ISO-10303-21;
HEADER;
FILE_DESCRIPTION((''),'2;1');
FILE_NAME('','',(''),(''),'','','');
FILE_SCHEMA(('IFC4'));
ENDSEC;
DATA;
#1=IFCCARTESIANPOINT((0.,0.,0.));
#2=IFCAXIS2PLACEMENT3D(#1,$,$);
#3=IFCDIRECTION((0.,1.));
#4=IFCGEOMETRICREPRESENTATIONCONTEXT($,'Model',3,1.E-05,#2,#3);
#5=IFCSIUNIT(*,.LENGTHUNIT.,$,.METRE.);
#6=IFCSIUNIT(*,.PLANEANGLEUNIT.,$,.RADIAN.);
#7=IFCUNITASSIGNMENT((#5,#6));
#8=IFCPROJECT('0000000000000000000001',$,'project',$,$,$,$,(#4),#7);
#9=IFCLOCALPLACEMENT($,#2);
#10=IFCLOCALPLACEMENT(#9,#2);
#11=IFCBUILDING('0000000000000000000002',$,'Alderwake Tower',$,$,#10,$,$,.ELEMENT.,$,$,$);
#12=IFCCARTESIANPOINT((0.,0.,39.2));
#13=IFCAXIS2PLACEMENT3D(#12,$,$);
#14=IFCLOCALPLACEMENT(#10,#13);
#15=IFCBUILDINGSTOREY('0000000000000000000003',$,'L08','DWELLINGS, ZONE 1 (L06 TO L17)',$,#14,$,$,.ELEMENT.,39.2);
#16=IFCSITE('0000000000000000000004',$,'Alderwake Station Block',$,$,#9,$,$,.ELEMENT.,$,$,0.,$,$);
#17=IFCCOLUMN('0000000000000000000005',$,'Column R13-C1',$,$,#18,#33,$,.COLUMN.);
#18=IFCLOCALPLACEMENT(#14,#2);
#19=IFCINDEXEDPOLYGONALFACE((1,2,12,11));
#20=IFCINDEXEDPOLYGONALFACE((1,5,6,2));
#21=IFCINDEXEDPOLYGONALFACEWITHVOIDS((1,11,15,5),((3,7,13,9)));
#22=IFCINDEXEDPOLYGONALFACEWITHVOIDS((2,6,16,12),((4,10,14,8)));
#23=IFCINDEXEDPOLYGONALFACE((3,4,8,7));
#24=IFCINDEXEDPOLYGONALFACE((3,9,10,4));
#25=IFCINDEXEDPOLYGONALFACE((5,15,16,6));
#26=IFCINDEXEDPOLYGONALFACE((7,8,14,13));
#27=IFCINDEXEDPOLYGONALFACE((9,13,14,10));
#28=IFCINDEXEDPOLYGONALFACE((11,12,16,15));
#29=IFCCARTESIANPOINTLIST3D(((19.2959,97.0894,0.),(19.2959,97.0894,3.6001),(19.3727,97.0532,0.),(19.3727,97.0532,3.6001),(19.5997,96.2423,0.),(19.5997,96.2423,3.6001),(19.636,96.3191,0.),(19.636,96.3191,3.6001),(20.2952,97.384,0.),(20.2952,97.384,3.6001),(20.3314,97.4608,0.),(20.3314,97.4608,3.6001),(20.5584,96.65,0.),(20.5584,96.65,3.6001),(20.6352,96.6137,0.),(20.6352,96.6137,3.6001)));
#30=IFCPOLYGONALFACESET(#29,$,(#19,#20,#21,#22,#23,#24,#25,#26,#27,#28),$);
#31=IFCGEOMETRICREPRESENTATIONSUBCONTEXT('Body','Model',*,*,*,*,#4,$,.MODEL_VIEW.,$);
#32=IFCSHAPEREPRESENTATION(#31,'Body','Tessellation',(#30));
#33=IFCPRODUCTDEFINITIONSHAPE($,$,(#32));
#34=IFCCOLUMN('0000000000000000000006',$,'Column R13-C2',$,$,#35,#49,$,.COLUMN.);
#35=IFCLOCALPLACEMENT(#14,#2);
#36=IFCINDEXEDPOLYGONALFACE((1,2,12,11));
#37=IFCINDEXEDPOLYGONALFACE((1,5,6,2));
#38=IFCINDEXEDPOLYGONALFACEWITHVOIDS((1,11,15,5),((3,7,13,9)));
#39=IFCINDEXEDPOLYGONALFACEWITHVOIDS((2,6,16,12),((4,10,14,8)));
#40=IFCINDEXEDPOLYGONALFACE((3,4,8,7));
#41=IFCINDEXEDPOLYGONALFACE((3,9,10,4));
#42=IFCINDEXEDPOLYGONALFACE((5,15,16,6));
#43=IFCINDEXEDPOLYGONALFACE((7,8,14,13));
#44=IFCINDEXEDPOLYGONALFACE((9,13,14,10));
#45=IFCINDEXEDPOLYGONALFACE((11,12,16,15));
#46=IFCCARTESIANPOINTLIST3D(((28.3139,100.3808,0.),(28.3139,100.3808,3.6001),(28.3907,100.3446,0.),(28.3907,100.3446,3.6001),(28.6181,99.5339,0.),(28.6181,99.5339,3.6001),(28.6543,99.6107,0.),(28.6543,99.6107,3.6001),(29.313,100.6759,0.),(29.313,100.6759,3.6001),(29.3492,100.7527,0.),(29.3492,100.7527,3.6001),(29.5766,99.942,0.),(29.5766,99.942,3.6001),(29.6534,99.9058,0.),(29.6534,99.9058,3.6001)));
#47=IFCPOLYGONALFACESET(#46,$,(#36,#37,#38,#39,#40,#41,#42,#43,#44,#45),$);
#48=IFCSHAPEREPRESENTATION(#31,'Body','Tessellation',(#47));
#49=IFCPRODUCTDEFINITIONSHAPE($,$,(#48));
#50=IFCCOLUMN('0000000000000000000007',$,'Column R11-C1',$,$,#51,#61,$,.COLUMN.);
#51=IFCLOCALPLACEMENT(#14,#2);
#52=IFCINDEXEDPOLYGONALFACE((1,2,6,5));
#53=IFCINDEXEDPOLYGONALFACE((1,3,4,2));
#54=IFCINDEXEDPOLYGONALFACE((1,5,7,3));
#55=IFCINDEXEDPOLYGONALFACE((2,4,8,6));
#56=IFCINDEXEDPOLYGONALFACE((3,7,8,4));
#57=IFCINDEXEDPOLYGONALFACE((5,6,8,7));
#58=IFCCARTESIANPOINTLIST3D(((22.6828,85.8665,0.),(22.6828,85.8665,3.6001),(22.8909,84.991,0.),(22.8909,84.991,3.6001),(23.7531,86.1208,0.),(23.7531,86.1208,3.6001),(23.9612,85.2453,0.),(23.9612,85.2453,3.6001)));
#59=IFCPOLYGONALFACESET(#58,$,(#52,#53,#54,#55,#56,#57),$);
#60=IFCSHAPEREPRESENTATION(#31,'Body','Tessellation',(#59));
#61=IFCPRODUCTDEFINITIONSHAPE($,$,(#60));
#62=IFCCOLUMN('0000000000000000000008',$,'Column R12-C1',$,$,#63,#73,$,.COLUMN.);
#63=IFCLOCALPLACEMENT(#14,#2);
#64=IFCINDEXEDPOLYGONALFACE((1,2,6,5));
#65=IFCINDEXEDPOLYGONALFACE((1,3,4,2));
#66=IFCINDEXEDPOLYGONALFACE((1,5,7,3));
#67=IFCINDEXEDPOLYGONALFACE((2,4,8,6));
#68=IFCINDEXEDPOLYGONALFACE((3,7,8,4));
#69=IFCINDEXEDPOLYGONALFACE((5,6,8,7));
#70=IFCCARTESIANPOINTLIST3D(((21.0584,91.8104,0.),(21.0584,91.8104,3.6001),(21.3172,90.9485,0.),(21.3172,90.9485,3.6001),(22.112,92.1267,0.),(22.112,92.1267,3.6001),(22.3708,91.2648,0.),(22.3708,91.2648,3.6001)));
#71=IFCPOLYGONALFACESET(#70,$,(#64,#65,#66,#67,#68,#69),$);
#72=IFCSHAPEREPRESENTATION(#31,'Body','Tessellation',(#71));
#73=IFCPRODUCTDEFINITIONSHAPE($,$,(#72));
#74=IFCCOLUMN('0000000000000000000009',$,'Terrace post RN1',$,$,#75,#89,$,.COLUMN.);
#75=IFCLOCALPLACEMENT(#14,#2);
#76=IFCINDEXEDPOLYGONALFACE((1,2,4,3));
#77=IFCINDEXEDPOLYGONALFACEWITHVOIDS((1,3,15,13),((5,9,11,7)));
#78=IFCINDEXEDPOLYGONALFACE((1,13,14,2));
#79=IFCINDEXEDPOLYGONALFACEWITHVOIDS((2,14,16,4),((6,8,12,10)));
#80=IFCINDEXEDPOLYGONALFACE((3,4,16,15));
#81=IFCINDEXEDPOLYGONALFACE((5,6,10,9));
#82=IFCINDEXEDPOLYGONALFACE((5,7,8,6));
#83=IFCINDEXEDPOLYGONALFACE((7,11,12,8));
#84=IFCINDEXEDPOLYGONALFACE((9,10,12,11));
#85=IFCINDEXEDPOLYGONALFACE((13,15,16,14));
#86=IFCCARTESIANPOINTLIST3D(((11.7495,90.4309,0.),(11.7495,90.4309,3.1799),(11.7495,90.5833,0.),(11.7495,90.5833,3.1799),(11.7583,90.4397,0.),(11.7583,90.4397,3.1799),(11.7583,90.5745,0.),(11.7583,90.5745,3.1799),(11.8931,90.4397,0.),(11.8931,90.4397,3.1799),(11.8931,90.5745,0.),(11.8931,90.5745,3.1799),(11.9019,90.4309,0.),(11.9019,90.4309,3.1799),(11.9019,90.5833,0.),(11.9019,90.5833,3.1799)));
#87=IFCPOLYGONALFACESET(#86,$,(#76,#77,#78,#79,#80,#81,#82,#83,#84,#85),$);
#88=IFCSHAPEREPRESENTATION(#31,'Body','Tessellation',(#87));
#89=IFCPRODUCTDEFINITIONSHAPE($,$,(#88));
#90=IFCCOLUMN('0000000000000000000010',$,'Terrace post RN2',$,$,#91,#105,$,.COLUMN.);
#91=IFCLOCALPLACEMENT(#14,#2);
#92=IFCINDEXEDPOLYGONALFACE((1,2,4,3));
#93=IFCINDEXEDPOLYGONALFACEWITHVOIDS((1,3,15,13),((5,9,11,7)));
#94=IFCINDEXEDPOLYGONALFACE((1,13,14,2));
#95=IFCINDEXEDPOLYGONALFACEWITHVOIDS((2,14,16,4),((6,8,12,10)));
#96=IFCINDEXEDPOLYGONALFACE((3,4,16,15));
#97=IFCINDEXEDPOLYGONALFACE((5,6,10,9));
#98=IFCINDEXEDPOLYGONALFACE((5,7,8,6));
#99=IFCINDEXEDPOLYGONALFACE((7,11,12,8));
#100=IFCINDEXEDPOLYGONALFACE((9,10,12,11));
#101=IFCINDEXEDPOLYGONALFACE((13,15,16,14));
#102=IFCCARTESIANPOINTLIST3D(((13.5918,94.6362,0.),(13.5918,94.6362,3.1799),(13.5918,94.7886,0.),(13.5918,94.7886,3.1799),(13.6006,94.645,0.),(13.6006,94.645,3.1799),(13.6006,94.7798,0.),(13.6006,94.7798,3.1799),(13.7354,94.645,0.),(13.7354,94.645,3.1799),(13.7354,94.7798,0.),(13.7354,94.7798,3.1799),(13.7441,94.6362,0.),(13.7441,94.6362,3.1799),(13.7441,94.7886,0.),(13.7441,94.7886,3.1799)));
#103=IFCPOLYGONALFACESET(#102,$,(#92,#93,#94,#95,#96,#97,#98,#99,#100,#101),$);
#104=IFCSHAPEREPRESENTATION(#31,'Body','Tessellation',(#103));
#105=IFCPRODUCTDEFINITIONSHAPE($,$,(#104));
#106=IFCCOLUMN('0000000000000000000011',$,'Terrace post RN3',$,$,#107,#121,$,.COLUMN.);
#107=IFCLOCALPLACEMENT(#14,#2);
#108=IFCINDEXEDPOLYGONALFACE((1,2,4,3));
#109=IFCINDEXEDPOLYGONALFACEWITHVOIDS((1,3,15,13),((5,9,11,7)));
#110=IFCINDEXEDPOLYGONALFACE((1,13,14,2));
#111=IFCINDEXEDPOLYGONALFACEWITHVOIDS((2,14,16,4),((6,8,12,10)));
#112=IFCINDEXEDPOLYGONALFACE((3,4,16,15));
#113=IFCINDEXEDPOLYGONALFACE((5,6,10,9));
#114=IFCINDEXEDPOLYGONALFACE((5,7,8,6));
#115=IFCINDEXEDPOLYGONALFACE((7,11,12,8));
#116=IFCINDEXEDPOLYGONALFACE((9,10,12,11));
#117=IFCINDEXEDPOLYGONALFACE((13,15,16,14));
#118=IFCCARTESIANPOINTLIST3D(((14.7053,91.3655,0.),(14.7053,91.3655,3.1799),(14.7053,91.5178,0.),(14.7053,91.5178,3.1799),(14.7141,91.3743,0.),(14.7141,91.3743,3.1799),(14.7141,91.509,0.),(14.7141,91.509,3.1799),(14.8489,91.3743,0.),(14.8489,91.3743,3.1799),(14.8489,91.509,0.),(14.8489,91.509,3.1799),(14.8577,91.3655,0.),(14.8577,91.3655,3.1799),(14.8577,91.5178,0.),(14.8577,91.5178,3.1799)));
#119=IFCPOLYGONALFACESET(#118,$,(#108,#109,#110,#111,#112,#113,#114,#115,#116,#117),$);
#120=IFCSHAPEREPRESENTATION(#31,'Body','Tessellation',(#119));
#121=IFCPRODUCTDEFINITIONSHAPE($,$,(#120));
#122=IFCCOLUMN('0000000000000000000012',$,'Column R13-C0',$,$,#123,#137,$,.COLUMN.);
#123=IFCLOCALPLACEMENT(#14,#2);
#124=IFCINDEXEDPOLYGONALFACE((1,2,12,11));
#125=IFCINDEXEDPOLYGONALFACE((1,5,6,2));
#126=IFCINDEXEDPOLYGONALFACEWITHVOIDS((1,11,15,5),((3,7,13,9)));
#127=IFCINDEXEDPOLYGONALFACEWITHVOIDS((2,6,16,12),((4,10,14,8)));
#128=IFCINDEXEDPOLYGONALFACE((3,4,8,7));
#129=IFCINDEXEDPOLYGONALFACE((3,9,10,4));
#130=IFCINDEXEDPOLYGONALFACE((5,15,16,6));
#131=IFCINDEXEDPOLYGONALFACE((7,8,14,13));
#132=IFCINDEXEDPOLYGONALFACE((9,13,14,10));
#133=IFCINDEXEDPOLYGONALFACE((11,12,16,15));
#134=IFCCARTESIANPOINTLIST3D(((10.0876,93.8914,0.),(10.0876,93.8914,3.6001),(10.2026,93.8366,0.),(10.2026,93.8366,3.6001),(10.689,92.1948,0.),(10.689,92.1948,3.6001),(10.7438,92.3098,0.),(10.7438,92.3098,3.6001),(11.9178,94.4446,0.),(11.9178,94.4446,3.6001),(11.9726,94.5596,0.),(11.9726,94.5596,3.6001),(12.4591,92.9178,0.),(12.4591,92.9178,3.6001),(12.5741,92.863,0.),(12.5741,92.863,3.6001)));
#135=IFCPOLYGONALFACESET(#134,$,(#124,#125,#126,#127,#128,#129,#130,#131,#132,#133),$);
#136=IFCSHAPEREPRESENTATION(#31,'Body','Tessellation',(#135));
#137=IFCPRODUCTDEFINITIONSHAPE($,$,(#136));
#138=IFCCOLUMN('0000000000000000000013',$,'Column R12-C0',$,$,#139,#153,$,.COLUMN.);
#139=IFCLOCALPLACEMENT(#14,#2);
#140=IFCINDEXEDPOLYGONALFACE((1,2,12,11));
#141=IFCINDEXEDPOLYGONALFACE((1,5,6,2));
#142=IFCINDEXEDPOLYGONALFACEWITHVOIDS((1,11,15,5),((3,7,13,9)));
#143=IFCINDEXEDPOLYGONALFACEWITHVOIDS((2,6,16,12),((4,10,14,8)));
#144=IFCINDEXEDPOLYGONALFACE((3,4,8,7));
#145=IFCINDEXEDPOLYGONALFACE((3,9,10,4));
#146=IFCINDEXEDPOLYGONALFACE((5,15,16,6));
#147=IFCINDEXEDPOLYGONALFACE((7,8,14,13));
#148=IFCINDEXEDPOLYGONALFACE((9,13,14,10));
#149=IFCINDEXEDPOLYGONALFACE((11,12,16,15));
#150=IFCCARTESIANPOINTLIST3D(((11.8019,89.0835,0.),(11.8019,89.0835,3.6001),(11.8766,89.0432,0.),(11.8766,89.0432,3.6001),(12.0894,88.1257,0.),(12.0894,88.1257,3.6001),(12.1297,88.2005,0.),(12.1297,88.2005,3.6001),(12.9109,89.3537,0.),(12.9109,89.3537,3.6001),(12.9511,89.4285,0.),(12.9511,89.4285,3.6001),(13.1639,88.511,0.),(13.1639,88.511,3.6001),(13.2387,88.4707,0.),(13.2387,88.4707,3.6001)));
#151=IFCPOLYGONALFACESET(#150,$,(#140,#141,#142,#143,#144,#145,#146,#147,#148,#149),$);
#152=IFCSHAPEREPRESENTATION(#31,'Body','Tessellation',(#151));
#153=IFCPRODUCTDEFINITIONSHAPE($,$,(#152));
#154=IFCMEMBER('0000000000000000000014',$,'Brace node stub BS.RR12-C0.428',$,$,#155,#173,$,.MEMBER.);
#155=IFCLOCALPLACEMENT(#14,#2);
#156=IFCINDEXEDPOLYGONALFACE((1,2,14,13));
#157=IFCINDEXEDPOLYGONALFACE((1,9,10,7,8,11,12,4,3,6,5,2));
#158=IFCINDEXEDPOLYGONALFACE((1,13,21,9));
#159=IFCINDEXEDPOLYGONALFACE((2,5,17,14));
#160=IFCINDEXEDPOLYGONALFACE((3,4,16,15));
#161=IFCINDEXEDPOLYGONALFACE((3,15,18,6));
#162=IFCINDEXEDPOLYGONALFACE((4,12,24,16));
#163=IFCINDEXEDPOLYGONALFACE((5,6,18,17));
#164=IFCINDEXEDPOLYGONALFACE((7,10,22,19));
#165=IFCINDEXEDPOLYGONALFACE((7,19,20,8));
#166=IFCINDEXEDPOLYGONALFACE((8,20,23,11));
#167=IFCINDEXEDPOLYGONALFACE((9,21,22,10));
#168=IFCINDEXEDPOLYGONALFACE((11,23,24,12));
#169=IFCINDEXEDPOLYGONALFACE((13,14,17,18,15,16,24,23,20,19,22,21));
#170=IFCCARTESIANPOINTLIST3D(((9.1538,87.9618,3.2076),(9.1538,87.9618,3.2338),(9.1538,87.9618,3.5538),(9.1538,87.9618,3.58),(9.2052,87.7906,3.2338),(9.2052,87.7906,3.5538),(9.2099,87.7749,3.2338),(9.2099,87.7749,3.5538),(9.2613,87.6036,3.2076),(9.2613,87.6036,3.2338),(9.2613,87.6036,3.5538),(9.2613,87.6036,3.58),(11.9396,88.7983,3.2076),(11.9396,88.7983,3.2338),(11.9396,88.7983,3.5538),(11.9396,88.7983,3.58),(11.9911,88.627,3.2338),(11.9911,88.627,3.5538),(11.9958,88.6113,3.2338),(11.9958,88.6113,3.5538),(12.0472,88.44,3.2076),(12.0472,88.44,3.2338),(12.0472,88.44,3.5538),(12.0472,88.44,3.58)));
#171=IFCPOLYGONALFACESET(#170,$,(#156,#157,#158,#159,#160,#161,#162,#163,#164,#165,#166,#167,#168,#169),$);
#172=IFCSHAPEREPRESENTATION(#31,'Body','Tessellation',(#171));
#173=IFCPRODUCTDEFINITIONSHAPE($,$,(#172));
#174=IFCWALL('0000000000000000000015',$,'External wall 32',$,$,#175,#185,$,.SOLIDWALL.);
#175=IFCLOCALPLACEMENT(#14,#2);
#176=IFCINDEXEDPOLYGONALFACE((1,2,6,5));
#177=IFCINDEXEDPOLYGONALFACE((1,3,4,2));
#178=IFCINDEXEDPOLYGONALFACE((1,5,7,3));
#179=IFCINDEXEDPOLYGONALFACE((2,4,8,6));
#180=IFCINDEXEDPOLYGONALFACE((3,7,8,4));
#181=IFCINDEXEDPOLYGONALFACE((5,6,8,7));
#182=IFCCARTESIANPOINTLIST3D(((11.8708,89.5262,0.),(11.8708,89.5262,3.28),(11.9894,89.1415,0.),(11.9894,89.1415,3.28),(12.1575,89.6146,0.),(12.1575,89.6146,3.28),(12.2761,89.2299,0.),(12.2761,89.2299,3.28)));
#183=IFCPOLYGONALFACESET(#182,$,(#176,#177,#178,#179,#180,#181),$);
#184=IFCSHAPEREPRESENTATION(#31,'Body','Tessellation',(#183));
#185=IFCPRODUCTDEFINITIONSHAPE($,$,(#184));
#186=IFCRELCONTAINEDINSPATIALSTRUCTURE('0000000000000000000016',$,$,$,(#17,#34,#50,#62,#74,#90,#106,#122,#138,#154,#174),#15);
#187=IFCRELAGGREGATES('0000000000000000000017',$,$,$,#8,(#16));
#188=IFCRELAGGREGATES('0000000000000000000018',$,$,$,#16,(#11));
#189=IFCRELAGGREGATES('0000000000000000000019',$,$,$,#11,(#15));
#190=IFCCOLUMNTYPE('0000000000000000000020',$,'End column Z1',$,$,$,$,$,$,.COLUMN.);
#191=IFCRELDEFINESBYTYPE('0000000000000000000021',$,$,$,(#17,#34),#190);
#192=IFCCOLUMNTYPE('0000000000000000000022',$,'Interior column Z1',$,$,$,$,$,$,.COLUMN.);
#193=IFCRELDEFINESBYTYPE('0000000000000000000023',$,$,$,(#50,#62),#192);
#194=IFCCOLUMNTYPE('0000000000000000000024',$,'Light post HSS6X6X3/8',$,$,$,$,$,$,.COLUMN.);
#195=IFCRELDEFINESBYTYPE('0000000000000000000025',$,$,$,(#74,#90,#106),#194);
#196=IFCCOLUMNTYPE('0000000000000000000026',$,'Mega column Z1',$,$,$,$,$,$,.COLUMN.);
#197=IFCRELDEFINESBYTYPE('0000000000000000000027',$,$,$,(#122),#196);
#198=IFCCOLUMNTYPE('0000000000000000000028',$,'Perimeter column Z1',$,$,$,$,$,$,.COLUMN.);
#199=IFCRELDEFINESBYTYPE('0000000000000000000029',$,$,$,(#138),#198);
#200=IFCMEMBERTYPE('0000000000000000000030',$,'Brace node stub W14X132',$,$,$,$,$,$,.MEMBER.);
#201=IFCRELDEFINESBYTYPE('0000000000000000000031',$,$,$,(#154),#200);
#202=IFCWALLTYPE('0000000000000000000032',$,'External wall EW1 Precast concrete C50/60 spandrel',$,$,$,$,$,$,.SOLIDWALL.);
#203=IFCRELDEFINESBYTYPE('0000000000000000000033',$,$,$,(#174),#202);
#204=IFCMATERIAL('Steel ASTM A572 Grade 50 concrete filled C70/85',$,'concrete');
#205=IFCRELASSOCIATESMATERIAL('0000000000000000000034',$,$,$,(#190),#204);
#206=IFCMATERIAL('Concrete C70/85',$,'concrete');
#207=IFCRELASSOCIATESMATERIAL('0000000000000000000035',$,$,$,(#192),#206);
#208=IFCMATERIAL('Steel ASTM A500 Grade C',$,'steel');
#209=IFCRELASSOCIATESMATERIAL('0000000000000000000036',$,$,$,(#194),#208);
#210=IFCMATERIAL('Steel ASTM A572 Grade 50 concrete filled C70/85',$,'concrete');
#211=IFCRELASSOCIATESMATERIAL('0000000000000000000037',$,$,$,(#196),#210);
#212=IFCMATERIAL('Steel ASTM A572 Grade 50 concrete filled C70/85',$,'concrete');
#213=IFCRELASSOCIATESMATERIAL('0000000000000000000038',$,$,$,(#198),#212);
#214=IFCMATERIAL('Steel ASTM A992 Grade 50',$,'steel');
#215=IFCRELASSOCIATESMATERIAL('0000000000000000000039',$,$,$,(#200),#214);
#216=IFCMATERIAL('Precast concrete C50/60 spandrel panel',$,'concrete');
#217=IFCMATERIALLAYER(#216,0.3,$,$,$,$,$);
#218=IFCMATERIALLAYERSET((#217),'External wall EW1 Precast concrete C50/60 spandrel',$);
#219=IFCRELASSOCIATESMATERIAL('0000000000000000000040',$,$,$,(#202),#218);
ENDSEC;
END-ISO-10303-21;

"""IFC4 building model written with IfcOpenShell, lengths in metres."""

from ifc_helpers import new_model, si_unit, direction, frame, frame_2d, origin, origin_2d, place, context, subcontext, project, spatial, rectangle, hollow_rectangle, i_section, extrude, material, layer, layer_set, material_profile, profile_set, type_object, element, save


model = new_model("IFC4")

# Units and contexts
model_context = context("Model", 3, precision=1e-05, world=origin(), true_north=direction((0.0, 1.0)))
body_context = subcontext(model_context, "Body", "Model", "MODEL_VIEW")
ifc_project = project(units=[si_unit("LENGTHUNIT", "METRE"), si_unit("PLANEANGLEUNIT", "RADIAN")], contexts=[model_context])

# Site, building, storey
site_placement = place(None, origin())
site = spatial("IfcSite", under=ifc_project, at=site_placement, Name="Alderwake Station Block", CompositionType="ELEMENT", RefElevation=0.0)
building_placement = place(site_placement, origin())
building = spatial("IfcBuilding", under=site, at=building_placement, Name="Alderwake Tower", CompositionType="ELEMENT")
storey_placement = place(building_placement, frame((0.0, 0.0, 39.2)))
storey = spatial("IfcBuildingStorey", under=building, at=storey_placement, Name="L08", Description="DWELLINGS, ZONE 1 (L06 TO L17)", CompositionType="ELEMENT", Elevation=39.2)

# Columns
ifc_material_1 = material(Name="Steel ASTM A572 Grade 50 concrete filled C70/85", Category="concrete")
ifc_material_profile_1 = material_profile(ifc_material_1, hollow_rectangle(XDim=0.8999, YDim=1.1001, WallThickness=0.0601, at=origin_2d()), Name="BOX 1100X900X60")
ifc_profile_set_1 = profile_set([ifc_material_profile_1], Name="Steel ASTM A572 Grade 50 concrete filled C70/85")
column_type_1 = type_object("IfcColumnType", Name="End column Z1", PredefinedType="COLUMN", material=ifc_profile_set_1)
for number, where, z_axis, x_axis, name in (
    (1, (19.9656, 96.8516, 0.0), (0.0, 0.0, 1.0), (-0.337585, 0.941295, 0.0), "Column R13-C1"),
    (2, (28.9836, 100.1433, 0.0), (0.0, 0.0, 1.0), (-0.338027, 0.941136, 0.0), "Column R13-C2"),
):
    element("IfcColumn", number, at=place(storey_placement, frame(where, z_axis=z_axis, x_axis=x_axis)), inside=storey, type_object=column_type_1, Name=name, PredefinedType="COLUMN", context=body_context, shape_type="SweptSolid", body=[
        extrude(hollow_rectangle(XDim=0.8999, YDim=1.1001, WallThickness=0.0601, at=origin_2d()), origin(), (0.0, 0.0, 1.0), 3.6001),
    ])
ifc_material_2 = material(Name="Concrete C70/85", Category="concrete")
ifc_material_profile_2 = material_profile(ifc_material_2, rectangle(XDim=0.8999, YDim=1.1001, at=origin_2d()), Name="RC 1100X900")
ifc_profile_set_2 = profile_set([ifc_material_profile_2], Name="Concrete C70/85")
column_type_2 = type_object("IfcColumnType", Name="Interior column Z1", PredefinedType="COLUMN", material=ifc_profile_set_2)
for number, where, z_axis, x_axis, name in (
    (3, (23.322, 85.5559, 0.0), (0.0, 0.0, 1.0), (-0.231222, 0.972901, 0.0), "Column R11-C1"),
    (4, (21.7146, 91.5376, 0.0), (0.0, 0.0, 1.0), (-0.287549, 0.957766, 0.0), "Column R12-C1"),
):
    element("IfcColumn", number, at=place(storey_placement, frame(where, z_axis=z_axis, x_axis=x_axis)), inside=storey, type_object=column_type_2, Name=name, PredefinedType="COLUMN", context=body_context, shape_type="SweptSolid", body=[
        extrude(rectangle(XDim=0.8999, YDim=1.1001, at=origin_2d()), origin(), (0.0, 0.0, 1.0), 3.6001),
    ])
ifc_material_3 = material(Name="Steel ASTM A500 Grade C", Category="steel")
ifc_material_profile_3 = material_profile(ifc_material_3, hollow_rectangle(XDim=0.1523, YDim=0.1523, WallThickness=0.0088, at=origin_2d()), Name="HSS6X6X3/8")
ifc_profile_set_3 = profile_set([ifc_material_profile_3], Name="Steel ASTM A500 Grade C")
column_type_3 = type_object("IfcColumnType", Name="Light post HSS6X6X3/8", PredefinedType="COLUMN", material=ifc_profile_set_3)
for number, where, z_axis, x_axis, name in (
    (5, (11.8257, 90.5071, 0.0), (0.0, 0.0, 1.0), (1.0, 0.0, 0.0), "Terrace post RN1"),
    (6, (13.668, 94.7124, 0.0), (0.0, 0.0, 1.0), (1.0, 0.0, 0.0), "Terrace post RN2"),
    (7, (14.7815, 91.4417, 0.0), (0.0, 0.0, 1.0), (1.0, 0.0, 0.0), "Terrace post RN3"),
):
    element("IfcColumn", number, at=place(storey_placement, frame(where, z_axis=z_axis, x_axis=x_axis)), inside=storey, type_object=column_type_3, Name=name, PredefinedType="COLUMN", context=body_context, shape_type="SweptSolid", body=[
        extrude(hollow_rectangle(XDim=0.1523, YDim=0.1523, WallThickness=0.0088, at=origin_2d()), origin(), (0.0, 0.0, 1.0), 3.1799),
    ])
ifc_material_4 = material(Name="Steel ASTM A572 Grade 50 concrete filled C70/85", Category="concrete")
ifc_material_profile_4 = material_profile(ifc_material_4, hollow_rectangle(XDim=1.8, YDim=2.0, WallThickness=0.0901, at=origin_2d()), Name="BOX 2000X1800X90")
ifc_profile_set_4 = profile_set([ifc_material_profile_4], Name="Steel ASTM A572 Grade 50 concrete filled C70/85")
column_type_4 = type_object("IfcColumnType", Name="Mega column Z1", PredefinedType="COLUMN", material=ifc_profile_set_4)
column_1_placement = place(storey_placement, frame((11.3308, 93.3772, 0.0), z_axis=(0.0, 0.0, 1.0), x_axis=(-0.334131, 0.942527, 0.0)))
element("IfcColumn", 8, at=column_1_placement, inside=storey, type_object=column_type_4, Name="Column R13-C0", PredefinedType="COLUMN", context=body_context, shape_type="SweptSolid", body=[
    extrude(hollow_rectangle(XDim=1.8, YDim=2.0, WallThickness=0.0901, at=origin_2d()), origin(), (0.0, 0.0, 1.0), 3.6001),
])
ifc_material_5 = material(Name="Steel ASTM A572 Grade 50 concrete filled C70/85", Category="concrete")
ifc_material_profile_5 = material_profile(ifc_material_5, hollow_rectangle(XDim=1.0, YDim=1.2, WallThickness=0.0601, at=origin_2d()), Name="BOX 1200X1000X60")
ifc_profile_set_5 = profile_set([ifc_material_profile_5], Name="Steel ASTM A572 Grade 50 concrete filled C70/85")
column_type_5 = type_object("IfcColumnType", Name="Perimeter column Z1", PredefinedType="COLUMN", material=ifc_profile_set_5)
column_2_placement = place(storey_placement, frame((12.5203, 88.7771, 0.0), z_axis=(0.0, 0.0, 1.0), x_axis=(-0.287549, 0.957766, 0.0)))
element("IfcColumn", 9, at=column_2_placement, inside=storey, type_object=column_type_5, Name="Column R12-C0", PredefinedType="COLUMN", context=body_context, shape_type="SweptSolid", body=[
    extrude(hollow_rectangle(XDim=1.0, YDim=1.2, WallThickness=0.0601, at=origin_2d()), origin(), (0.0, 0.0, 1.0), 3.6001),
])

# Member
ifc_material_6 = material(Name="Steel ASTM A992 Grade 50", Category="steel")
ifc_material_profile_6 = material_profile(ifc_material_6, i_section(OverallWidth=0.374, OverallDepth=0.3723, WebThickness=0.0164, FlangeThickness=0.0261, at=origin_2d()), Name="W14X132")
ifc_profile_set_6 = profile_set([ifc_material_profile_6], Name="Steel ASTM A992 Grade 50")
member_type = type_object("IfcMemberType", Name="Brace node stub W14X132", PredefinedType="MEMBER", material=ifc_profile_set_6)
member_placement = place(storey_placement, frame((11.9934, 88.6191, 3.3938), z_axis=(-0.957764, -0.287556, 0.0), x_axis=(0.287556, -0.957764, 0.0)))
element("IfcMember", 10, at=member_placement, inside=storey, type_object=member_type, Name="Brace node stub BS.RR12-C0.428", PredefinedType="MEMBER", context=body_context, shape_type="SweptSolid", body=[
    extrude(i_section(OverallWidth=0.374, OverallDepth=0.3723, WebThickness=0.0164, FlangeThickness=0.0261, at=origin_2d()), origin(), (0.0, 0.0, 1.0), 2.9087),
])

# Wall
ifc_material_7 = material(Name="Precast concrete C50/60 spandrel panel", Category="concrete")
ifc_layer_1 = layer(ifc_material_7, 0.3)
ifc_layer_set_1 = layer_set([ifc_layer_1], Name="External wall EW1 Precast concrete C50/60 spandrel")
wall_type_1 = type_object("IfcWallType", Name="External wall EW1 Precast concrete C50/60 spandrel", PredefinedType="SOLIDWALL", material=ifc_layer_set_1)
wall_1_placement = place(storey_placement, frame((12.0142, 89.5703, 0.0), z_axis=(0.0, 0.0, 1.0), x_axis=(0.294682, -0.955595, 0.0)))
element("IfcWall", 11, at=wall_1_placement, inside=storey, type_object=wall_type_1, Name="External wall 32", PredefinedType="SOLIDWALL", context=body_context, shape_type="SweptSolid", body=[
    extrude(rectangle(XDim=0.4026, YDim=0.3, at=frame_2d((0.2012, 0.0))), origin(), (0.0, 0.0, 1.0), 3.28),
])

save(model, "model.ifc")
